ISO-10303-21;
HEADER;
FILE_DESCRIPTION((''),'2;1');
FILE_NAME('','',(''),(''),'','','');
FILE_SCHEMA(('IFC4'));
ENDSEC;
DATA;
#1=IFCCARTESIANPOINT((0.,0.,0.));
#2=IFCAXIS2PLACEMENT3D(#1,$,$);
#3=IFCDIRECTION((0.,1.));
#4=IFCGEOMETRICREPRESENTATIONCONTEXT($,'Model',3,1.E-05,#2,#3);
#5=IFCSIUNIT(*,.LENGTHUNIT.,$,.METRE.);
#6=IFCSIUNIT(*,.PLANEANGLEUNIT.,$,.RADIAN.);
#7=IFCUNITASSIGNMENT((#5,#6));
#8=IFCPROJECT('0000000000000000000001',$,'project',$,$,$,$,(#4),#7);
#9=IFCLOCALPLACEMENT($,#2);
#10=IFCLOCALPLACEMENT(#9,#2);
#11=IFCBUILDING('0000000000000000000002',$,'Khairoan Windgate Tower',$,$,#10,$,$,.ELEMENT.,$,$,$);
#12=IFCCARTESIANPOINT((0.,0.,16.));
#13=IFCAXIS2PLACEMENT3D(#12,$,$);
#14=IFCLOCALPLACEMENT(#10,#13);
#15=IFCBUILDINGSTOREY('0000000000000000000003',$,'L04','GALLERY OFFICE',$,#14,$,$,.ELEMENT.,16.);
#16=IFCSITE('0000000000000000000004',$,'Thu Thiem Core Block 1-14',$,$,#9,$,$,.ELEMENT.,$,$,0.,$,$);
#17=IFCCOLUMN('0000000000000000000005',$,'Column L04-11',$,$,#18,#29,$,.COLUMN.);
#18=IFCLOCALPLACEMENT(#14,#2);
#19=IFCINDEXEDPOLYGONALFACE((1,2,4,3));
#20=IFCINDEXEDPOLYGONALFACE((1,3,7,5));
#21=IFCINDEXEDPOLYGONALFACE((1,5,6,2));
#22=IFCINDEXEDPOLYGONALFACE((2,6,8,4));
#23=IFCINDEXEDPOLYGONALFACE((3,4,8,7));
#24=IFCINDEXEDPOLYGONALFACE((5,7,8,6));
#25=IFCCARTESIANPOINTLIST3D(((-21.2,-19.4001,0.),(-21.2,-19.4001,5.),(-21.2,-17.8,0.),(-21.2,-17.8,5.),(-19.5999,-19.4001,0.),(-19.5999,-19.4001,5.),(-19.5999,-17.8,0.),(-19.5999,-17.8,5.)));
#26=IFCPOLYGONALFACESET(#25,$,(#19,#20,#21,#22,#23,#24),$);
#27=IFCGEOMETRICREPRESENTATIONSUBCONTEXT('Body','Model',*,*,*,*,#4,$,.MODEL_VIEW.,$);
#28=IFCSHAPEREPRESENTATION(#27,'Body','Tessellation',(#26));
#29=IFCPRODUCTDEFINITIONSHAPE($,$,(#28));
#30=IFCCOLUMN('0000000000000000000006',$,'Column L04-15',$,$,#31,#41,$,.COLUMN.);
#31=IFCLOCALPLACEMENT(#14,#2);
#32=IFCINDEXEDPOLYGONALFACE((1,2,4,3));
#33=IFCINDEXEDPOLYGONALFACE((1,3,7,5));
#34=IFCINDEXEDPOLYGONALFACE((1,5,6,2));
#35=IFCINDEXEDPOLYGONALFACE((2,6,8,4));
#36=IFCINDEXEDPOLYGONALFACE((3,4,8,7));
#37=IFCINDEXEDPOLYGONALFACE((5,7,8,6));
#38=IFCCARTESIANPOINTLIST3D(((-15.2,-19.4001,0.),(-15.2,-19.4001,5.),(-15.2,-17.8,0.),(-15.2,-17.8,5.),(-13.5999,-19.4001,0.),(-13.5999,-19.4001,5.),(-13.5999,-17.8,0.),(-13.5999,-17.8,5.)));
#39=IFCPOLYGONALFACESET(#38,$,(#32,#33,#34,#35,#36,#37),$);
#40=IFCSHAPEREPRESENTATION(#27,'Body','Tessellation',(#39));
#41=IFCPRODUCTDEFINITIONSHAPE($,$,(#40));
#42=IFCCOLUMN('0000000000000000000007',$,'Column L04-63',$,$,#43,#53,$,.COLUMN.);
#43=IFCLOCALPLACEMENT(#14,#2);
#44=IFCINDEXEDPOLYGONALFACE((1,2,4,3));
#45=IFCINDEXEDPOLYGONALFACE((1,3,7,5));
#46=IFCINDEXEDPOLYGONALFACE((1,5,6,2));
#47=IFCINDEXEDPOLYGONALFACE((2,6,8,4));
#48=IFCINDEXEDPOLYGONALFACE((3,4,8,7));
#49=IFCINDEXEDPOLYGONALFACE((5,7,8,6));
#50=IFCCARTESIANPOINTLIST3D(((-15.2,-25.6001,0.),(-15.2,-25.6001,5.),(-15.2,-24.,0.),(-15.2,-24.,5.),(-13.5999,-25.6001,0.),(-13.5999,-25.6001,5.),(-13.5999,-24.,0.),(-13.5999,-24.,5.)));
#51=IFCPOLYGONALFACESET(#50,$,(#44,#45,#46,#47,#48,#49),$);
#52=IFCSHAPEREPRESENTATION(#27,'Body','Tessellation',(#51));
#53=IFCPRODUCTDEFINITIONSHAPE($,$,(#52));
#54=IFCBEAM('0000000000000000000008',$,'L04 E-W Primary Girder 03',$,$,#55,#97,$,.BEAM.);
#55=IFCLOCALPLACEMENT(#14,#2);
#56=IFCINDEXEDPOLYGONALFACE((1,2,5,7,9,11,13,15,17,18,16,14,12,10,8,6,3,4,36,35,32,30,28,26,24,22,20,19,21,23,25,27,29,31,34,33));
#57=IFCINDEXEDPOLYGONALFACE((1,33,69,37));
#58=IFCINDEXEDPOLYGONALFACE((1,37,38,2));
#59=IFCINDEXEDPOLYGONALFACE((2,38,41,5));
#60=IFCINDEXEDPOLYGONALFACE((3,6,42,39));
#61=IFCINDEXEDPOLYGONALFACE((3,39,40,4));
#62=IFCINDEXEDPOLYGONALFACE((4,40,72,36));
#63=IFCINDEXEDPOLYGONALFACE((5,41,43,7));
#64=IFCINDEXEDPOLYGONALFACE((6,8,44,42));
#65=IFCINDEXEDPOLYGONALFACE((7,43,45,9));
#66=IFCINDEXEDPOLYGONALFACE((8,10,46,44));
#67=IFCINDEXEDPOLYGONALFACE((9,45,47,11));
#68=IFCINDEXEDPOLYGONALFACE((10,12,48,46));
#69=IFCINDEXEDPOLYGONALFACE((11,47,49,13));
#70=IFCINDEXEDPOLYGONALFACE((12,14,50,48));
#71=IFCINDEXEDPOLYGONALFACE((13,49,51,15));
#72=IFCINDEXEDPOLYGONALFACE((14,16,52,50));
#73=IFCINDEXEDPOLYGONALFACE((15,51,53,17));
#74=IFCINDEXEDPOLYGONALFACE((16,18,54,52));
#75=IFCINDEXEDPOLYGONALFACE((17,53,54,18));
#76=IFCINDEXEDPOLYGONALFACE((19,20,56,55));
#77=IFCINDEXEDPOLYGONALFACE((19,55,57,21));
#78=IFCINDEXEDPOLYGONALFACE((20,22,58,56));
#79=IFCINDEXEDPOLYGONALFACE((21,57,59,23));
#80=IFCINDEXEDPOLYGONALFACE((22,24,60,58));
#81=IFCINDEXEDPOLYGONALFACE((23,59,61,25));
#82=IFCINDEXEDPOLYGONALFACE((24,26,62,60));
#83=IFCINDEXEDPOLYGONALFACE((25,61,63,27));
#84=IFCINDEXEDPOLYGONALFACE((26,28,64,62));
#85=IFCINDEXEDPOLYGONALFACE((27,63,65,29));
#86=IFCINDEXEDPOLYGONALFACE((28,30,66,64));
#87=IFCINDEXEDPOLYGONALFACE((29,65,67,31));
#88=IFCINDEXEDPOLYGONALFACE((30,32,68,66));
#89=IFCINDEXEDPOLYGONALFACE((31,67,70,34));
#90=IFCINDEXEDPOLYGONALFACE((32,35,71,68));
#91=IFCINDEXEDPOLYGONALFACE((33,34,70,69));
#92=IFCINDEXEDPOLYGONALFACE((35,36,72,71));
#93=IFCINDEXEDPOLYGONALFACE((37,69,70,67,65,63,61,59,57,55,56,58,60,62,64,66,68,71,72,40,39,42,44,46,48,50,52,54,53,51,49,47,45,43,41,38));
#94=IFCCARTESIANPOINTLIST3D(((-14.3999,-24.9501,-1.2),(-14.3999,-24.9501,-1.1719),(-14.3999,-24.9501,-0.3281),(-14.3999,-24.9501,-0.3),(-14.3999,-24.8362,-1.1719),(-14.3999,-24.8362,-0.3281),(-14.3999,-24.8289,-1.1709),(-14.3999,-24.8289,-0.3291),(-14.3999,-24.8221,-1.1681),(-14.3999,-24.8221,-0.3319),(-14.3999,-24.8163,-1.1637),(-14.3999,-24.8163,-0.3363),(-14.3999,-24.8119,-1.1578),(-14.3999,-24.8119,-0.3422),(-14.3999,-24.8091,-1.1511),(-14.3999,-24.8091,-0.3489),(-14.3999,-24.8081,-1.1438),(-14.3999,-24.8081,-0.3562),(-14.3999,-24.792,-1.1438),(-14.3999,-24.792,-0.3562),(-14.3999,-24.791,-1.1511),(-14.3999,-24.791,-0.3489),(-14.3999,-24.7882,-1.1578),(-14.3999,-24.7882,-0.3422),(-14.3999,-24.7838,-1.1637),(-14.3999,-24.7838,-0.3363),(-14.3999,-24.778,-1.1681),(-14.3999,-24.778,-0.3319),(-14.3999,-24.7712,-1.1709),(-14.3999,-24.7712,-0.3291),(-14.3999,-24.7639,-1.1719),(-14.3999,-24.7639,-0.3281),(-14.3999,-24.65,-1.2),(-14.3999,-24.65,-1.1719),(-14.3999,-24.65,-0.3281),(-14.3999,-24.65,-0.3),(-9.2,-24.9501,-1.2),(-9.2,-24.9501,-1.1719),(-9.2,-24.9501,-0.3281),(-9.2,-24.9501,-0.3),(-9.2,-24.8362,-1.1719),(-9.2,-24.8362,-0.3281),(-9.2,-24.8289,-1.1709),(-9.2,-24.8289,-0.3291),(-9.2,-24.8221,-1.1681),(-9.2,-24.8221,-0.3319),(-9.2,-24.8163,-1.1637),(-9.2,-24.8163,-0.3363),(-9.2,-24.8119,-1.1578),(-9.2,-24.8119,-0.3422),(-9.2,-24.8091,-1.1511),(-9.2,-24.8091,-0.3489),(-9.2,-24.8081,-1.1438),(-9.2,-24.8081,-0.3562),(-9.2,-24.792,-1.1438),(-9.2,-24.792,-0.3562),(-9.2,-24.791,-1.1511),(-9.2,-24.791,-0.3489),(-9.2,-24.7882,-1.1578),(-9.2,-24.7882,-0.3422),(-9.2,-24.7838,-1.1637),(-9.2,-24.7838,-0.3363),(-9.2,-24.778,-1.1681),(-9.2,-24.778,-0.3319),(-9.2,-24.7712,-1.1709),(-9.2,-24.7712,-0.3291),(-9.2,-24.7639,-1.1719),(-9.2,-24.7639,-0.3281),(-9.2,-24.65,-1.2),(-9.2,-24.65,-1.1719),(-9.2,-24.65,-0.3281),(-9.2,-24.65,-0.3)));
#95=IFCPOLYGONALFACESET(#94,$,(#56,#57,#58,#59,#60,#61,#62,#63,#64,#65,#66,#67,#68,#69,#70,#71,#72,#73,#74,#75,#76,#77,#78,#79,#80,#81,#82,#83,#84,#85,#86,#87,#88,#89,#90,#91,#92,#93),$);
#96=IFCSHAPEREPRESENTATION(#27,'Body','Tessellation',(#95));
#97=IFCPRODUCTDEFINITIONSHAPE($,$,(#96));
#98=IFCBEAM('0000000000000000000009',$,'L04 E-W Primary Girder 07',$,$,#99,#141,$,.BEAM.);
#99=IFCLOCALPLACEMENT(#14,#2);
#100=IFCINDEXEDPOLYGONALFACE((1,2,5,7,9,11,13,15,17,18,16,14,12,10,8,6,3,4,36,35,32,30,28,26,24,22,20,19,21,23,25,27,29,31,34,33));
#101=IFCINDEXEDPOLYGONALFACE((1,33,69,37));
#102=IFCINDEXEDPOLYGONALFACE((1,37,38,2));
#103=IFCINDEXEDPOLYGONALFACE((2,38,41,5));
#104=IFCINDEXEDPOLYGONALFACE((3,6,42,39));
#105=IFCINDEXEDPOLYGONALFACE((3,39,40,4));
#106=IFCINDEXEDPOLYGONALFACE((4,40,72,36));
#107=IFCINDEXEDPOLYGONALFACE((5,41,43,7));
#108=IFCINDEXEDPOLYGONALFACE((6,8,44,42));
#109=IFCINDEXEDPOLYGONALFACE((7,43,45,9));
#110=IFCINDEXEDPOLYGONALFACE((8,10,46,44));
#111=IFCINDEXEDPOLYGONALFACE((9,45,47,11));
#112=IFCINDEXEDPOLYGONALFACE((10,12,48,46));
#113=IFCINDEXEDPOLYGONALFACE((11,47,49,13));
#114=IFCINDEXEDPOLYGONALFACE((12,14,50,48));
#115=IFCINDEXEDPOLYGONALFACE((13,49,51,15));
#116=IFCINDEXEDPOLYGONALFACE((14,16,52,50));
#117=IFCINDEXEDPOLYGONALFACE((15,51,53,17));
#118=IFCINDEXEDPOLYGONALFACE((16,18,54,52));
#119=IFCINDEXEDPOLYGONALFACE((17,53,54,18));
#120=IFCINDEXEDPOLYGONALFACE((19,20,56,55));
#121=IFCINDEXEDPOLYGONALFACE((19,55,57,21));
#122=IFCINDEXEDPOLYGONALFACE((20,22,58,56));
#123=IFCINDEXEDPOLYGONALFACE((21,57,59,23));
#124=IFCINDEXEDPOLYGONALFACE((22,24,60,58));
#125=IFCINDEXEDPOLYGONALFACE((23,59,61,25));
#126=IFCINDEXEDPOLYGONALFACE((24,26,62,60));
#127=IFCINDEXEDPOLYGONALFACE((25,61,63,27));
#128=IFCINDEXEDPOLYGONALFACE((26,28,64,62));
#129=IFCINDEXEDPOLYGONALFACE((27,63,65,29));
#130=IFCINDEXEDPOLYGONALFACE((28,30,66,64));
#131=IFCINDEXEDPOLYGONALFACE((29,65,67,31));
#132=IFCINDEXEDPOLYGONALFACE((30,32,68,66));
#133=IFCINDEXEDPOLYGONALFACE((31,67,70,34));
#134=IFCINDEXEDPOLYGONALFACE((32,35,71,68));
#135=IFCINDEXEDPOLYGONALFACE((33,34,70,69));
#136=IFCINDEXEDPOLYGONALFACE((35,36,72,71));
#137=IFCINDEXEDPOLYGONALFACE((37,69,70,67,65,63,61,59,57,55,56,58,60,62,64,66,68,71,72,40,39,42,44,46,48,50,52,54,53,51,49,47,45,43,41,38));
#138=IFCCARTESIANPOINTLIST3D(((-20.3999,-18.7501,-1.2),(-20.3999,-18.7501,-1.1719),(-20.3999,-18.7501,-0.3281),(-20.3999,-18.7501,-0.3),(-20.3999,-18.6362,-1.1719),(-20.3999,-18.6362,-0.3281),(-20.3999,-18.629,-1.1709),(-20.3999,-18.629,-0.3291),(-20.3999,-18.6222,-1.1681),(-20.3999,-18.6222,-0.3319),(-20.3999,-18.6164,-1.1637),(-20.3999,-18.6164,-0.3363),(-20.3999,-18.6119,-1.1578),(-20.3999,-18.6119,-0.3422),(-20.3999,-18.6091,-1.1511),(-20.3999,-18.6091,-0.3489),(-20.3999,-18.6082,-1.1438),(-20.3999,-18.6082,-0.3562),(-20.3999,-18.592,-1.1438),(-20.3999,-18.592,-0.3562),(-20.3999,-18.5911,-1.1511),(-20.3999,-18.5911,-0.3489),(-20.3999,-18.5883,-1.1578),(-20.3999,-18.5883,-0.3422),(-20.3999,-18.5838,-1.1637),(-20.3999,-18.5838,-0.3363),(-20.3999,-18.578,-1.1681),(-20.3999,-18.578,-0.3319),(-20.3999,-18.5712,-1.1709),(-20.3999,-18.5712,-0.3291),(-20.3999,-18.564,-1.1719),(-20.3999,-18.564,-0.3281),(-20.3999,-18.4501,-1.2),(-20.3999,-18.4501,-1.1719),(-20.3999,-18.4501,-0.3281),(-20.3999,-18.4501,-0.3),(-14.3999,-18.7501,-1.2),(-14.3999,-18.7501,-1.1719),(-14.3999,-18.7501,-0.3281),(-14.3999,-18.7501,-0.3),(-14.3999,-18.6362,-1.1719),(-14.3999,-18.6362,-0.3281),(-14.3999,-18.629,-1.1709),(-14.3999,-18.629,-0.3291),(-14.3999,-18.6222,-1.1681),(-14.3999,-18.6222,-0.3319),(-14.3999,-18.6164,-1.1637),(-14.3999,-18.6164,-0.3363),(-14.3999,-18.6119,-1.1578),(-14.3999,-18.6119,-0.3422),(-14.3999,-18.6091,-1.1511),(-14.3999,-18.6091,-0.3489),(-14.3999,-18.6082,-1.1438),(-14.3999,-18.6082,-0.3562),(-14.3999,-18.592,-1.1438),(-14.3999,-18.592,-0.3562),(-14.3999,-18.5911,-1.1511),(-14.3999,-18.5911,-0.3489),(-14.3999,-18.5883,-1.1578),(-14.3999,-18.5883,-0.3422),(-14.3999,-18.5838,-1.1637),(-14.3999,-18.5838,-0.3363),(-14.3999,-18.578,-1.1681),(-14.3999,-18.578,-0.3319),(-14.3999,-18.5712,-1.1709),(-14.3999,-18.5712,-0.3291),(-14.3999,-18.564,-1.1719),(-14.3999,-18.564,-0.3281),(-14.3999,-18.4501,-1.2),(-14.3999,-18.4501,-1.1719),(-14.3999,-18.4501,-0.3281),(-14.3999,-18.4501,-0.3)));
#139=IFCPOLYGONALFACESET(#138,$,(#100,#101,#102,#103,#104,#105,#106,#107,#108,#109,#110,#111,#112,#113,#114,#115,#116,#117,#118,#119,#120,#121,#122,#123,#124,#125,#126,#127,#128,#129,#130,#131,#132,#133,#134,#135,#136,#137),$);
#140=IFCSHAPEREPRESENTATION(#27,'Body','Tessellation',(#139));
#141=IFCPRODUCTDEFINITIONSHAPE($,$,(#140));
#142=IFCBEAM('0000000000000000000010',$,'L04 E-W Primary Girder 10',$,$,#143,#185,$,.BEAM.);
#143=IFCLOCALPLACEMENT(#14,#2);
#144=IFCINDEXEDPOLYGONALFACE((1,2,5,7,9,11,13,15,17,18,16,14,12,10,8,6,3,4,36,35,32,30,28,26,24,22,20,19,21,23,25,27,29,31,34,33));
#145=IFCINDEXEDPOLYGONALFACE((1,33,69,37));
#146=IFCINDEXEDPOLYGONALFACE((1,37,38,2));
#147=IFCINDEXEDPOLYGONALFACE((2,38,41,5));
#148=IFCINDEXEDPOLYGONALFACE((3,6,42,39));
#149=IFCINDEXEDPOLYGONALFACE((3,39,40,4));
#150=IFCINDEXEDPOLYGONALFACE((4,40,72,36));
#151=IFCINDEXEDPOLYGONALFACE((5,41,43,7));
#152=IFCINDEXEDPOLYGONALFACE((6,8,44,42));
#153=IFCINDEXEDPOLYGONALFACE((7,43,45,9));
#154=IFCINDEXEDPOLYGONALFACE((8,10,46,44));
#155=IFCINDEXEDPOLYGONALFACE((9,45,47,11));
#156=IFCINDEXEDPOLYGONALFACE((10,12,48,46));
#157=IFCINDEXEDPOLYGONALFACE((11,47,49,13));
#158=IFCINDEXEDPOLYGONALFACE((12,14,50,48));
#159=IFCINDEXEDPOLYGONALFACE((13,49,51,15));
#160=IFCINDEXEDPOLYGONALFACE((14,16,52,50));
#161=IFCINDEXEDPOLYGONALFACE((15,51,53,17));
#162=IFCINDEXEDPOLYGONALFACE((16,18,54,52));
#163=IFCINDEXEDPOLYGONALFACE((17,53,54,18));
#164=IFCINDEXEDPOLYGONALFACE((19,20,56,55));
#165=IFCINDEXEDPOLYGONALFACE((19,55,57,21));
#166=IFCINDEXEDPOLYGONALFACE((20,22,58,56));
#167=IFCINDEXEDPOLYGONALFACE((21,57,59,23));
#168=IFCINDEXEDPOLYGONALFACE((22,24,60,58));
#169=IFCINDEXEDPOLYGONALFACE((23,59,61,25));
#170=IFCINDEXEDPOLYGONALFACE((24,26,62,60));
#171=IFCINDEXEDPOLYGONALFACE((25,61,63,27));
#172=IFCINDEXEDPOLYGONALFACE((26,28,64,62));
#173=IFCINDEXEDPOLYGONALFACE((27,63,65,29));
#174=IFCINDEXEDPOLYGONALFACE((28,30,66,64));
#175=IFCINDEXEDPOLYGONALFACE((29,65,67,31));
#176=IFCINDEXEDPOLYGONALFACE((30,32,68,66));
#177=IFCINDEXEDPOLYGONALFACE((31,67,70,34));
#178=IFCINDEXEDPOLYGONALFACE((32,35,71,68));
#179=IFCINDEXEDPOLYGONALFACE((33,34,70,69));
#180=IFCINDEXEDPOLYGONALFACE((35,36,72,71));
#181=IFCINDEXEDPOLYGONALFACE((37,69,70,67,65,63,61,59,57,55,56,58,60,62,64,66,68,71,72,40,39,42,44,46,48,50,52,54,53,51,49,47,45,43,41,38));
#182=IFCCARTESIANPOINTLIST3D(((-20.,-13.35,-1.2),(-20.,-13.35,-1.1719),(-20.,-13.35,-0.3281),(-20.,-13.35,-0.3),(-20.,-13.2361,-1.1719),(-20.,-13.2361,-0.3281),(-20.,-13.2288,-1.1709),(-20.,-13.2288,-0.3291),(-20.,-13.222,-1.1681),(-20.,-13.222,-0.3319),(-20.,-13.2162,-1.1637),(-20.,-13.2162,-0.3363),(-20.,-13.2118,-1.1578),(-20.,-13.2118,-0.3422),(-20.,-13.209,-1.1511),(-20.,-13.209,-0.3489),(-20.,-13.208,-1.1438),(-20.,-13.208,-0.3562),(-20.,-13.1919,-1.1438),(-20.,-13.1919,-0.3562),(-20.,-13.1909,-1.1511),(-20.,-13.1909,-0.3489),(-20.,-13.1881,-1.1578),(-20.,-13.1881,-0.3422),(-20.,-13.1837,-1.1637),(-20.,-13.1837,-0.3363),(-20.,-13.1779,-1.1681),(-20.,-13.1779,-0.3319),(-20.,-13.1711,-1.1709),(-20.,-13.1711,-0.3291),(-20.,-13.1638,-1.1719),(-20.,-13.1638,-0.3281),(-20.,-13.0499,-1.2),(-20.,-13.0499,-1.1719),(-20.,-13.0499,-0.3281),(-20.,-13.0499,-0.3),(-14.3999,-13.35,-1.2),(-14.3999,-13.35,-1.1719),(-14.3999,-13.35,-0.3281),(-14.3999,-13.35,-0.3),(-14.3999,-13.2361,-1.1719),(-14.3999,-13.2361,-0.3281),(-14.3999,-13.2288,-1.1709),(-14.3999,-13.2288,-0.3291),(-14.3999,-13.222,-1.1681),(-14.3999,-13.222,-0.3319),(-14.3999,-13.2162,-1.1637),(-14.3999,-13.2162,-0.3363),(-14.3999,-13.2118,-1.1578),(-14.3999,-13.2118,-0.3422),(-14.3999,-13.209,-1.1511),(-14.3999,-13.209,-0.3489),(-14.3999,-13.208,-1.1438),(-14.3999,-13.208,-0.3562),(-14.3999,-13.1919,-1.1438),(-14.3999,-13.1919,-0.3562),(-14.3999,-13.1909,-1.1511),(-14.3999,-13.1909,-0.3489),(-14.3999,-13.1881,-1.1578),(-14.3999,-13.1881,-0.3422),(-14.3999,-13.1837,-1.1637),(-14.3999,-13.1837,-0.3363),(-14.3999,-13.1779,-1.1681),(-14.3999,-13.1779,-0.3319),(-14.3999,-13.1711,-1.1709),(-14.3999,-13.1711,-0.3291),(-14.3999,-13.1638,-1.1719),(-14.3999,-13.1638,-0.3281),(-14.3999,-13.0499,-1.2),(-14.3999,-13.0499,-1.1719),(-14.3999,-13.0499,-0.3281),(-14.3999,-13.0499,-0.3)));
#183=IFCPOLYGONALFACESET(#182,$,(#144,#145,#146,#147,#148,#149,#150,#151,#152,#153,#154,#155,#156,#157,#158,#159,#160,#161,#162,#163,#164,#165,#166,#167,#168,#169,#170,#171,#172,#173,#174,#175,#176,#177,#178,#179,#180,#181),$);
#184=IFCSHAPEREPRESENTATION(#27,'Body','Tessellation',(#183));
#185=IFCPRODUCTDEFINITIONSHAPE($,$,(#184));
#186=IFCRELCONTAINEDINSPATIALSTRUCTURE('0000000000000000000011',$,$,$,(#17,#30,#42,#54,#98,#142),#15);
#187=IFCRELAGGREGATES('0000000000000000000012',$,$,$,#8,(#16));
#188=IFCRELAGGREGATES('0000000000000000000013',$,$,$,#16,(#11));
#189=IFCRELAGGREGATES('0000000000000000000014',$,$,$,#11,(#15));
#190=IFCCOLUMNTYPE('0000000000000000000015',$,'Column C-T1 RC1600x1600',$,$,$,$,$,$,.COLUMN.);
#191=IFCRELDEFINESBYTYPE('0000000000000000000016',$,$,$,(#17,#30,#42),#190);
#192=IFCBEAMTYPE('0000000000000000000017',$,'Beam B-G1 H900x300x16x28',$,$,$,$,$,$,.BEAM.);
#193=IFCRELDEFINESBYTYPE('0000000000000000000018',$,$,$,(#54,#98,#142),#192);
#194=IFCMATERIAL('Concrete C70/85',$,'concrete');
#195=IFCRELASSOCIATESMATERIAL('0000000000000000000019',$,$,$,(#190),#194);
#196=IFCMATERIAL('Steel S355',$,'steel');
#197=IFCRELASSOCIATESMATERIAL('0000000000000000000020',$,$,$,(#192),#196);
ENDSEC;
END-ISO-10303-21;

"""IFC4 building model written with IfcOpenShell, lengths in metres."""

from ifc_helpers import new_model, si_unit, direction, frame, origin, origin_2d, place, context, subcontext, project, spatial, rectangle, i_section, extrude, material, material_profile, profile_set, type_object, element, save


model = new_model("IFC4")

# Units and contexts
model_context = context("Model", 3, precision=1e-05, world=origin(), true_north=direction((0.0, 1.0)))
body_context = subcontext(model_context, "Body", "Model", "MODEL_VIEW")
ifc_project = project(units=[si_unit("LENGTHUNIT", "METRE"), si_unit("PLANEANGLEUNIT", "RADIAN")], contexts=[model_context])

# Site, building, storey
site_placement = place(None, origin())
site = spatial("IfcSite", under=ifc_project, at=site_placement, Name="Thu Thiem Core Block 1-14", CompositionType="ELEMENT", RefElevation=0.0)
building_placement = place(site_placement, origin())
building = spatial("IfcBuilding", under=site, at=building_placement, Name="Khairoan Windgate Tower", CompositionType="ELEMENT")
storey_placement = place(building_placement, frame((0.0, 0.0, 16.0)))
storey = spatial("IfcBuildingStorey", under=building, at=storey_placement, Name="L04", Description="GALLERY OFFICE", CompositionType="ELEMENT", Elevation=16.0)

# Columns
ifc_material_1 = material(Name="Concrete C70/85", Category="concrete")
ifc_material_profile_1 = material_profile(ifc_material_1, rectangle(XDim=1.6001, YDim=1.6001, at=origin_2d()))
ifc_profile_set_1 = profile_set([ifc_material_profile_1], Name="Concrete C70/85")
column_type = type_object("IfcColumnType", Name="Column C-T1 RC1600x1600", PredefinedType="COLUMN", material=ifc_profile_set_1)
for number, where, z_axis, x_axis, name in (
    (1, (-20.3999, -18.6001, 0.0), (0.0, 0.0, 1.0), (1.0, 0.0, 0.0), "Column L04-11"),
    (2, (-14.3999, -18.6001, 0.0), (0.0, 0.0, 1.0), (1.0, 0.0, 0.0), "Column L04-15"),
    (3, (-14.3999, -24.8, 0.0), (0.0, 0.0, 1.0), (1.0, 0.0, 0.0), "Column L04-63"),
):
    element("IfcColumn", number, at=place(storey_placement, frame(where, z_axis=z_axis, x_axis=x_axis)), inside=storey, type_object=column_type, Name=name, PredefinedType="COLUMN", context=body_context, shape_type="SweptSolid", body=[
        extrude(rectangle(XDim=1.6001, YDim=1.6001, at=origin_2d()), origin(), (0.0, 0.0, 1.0), 5.0),
    ])

# Beams
ifc_material_2 = material(Name="Steel S355", Category="steel")
ifc_material_profile_2 = material_profile(ifc_material_2, i_section(OverallWidth=0.3, OverallDepth=0.8999, WebThickness=0.0161, FlangeThickness=0.0281, FilletRadius=0.0281, at=origin_2d()))
ifc_profile_set_2 = profile_set([ifc_material_profile_2], Name="Steel S355")
beam_type_1 = type_object("IfcBeamType", Name="Beam B-G1 H900x300x16x28", PredefinedType="BEAM", material=ifc_profile_set_2)
beam_1_placement = place(storey_placement, frame((-14.3999, -24.8, -0.75), z_axis=(1.0, 0.0, 0.0), x_axis=(0.0, 1.0, 0.0)))
element("IfcBeam", 4, at=beam_1_placement, inside=storey, type_object=beam_type_1, Name="L04 E-W Primary Girder 03", PredefinedType="BEAM", context=body_context, shape_type="SweptSolid", body=[
    extrude(i_section(OverallWidth=0.3, OverallDepth=0.8999, WebThickness=0.0161, FlangeThickness=0.0281, FilletRadius=0.0281, at=origin_2d()), origin(), (0.0, 0.0, 1.0), 5.2),
])
beam_2_placement = place(storey_placement, frame((-20.3999, -18.6001, -0.75), z_axis=(1.0, 0.0, 0.0), x_axis=(0.0, 1.0, 0.0)))
element("IfcBeam", 5, at=beam_2_placement, inside=storey, type_object=beam_type_1, Name="L04 E-W Primary Girder 07", PredefinedType="BEAM", context=body_context, shape_type="SweptSolid", body=[
    extrude(i_section(OverallWidth=0.3, OverallDepth=0.8999, WebThickness=0.0161, FlangeThickness=0.0281, FilletRadius=0.0281, at=origin_2d()), origin(), (0.0, 0.0, 1.0), 6.0),
])
beam_3_placement = place(storey_placement, frame((-20.0, -13.2, -0.75), z_axis=(1.0, 0.0, 0.0), x_axis=(0.0, 1.0, 0.0)))
element("IfcBeam", 6, at=beam_3_placement, inside=storey, type_object=beam_type_1, Name="L04 E-W Primary Girder 10", PredefinedType="BEAM", context=body_context, shape_type="SweptSolid", body=[
    extrude(i_section(OverallWidth=0.3, OverallDepth=0.8999, WebThickness=0.0161, FlangeThickness=0.0281, FilletRadius=0.0281, at=origin_2d()), origin(), (0.0, 0.0, 1.0), 5.6001),
])

save(model, "model.ifc")
